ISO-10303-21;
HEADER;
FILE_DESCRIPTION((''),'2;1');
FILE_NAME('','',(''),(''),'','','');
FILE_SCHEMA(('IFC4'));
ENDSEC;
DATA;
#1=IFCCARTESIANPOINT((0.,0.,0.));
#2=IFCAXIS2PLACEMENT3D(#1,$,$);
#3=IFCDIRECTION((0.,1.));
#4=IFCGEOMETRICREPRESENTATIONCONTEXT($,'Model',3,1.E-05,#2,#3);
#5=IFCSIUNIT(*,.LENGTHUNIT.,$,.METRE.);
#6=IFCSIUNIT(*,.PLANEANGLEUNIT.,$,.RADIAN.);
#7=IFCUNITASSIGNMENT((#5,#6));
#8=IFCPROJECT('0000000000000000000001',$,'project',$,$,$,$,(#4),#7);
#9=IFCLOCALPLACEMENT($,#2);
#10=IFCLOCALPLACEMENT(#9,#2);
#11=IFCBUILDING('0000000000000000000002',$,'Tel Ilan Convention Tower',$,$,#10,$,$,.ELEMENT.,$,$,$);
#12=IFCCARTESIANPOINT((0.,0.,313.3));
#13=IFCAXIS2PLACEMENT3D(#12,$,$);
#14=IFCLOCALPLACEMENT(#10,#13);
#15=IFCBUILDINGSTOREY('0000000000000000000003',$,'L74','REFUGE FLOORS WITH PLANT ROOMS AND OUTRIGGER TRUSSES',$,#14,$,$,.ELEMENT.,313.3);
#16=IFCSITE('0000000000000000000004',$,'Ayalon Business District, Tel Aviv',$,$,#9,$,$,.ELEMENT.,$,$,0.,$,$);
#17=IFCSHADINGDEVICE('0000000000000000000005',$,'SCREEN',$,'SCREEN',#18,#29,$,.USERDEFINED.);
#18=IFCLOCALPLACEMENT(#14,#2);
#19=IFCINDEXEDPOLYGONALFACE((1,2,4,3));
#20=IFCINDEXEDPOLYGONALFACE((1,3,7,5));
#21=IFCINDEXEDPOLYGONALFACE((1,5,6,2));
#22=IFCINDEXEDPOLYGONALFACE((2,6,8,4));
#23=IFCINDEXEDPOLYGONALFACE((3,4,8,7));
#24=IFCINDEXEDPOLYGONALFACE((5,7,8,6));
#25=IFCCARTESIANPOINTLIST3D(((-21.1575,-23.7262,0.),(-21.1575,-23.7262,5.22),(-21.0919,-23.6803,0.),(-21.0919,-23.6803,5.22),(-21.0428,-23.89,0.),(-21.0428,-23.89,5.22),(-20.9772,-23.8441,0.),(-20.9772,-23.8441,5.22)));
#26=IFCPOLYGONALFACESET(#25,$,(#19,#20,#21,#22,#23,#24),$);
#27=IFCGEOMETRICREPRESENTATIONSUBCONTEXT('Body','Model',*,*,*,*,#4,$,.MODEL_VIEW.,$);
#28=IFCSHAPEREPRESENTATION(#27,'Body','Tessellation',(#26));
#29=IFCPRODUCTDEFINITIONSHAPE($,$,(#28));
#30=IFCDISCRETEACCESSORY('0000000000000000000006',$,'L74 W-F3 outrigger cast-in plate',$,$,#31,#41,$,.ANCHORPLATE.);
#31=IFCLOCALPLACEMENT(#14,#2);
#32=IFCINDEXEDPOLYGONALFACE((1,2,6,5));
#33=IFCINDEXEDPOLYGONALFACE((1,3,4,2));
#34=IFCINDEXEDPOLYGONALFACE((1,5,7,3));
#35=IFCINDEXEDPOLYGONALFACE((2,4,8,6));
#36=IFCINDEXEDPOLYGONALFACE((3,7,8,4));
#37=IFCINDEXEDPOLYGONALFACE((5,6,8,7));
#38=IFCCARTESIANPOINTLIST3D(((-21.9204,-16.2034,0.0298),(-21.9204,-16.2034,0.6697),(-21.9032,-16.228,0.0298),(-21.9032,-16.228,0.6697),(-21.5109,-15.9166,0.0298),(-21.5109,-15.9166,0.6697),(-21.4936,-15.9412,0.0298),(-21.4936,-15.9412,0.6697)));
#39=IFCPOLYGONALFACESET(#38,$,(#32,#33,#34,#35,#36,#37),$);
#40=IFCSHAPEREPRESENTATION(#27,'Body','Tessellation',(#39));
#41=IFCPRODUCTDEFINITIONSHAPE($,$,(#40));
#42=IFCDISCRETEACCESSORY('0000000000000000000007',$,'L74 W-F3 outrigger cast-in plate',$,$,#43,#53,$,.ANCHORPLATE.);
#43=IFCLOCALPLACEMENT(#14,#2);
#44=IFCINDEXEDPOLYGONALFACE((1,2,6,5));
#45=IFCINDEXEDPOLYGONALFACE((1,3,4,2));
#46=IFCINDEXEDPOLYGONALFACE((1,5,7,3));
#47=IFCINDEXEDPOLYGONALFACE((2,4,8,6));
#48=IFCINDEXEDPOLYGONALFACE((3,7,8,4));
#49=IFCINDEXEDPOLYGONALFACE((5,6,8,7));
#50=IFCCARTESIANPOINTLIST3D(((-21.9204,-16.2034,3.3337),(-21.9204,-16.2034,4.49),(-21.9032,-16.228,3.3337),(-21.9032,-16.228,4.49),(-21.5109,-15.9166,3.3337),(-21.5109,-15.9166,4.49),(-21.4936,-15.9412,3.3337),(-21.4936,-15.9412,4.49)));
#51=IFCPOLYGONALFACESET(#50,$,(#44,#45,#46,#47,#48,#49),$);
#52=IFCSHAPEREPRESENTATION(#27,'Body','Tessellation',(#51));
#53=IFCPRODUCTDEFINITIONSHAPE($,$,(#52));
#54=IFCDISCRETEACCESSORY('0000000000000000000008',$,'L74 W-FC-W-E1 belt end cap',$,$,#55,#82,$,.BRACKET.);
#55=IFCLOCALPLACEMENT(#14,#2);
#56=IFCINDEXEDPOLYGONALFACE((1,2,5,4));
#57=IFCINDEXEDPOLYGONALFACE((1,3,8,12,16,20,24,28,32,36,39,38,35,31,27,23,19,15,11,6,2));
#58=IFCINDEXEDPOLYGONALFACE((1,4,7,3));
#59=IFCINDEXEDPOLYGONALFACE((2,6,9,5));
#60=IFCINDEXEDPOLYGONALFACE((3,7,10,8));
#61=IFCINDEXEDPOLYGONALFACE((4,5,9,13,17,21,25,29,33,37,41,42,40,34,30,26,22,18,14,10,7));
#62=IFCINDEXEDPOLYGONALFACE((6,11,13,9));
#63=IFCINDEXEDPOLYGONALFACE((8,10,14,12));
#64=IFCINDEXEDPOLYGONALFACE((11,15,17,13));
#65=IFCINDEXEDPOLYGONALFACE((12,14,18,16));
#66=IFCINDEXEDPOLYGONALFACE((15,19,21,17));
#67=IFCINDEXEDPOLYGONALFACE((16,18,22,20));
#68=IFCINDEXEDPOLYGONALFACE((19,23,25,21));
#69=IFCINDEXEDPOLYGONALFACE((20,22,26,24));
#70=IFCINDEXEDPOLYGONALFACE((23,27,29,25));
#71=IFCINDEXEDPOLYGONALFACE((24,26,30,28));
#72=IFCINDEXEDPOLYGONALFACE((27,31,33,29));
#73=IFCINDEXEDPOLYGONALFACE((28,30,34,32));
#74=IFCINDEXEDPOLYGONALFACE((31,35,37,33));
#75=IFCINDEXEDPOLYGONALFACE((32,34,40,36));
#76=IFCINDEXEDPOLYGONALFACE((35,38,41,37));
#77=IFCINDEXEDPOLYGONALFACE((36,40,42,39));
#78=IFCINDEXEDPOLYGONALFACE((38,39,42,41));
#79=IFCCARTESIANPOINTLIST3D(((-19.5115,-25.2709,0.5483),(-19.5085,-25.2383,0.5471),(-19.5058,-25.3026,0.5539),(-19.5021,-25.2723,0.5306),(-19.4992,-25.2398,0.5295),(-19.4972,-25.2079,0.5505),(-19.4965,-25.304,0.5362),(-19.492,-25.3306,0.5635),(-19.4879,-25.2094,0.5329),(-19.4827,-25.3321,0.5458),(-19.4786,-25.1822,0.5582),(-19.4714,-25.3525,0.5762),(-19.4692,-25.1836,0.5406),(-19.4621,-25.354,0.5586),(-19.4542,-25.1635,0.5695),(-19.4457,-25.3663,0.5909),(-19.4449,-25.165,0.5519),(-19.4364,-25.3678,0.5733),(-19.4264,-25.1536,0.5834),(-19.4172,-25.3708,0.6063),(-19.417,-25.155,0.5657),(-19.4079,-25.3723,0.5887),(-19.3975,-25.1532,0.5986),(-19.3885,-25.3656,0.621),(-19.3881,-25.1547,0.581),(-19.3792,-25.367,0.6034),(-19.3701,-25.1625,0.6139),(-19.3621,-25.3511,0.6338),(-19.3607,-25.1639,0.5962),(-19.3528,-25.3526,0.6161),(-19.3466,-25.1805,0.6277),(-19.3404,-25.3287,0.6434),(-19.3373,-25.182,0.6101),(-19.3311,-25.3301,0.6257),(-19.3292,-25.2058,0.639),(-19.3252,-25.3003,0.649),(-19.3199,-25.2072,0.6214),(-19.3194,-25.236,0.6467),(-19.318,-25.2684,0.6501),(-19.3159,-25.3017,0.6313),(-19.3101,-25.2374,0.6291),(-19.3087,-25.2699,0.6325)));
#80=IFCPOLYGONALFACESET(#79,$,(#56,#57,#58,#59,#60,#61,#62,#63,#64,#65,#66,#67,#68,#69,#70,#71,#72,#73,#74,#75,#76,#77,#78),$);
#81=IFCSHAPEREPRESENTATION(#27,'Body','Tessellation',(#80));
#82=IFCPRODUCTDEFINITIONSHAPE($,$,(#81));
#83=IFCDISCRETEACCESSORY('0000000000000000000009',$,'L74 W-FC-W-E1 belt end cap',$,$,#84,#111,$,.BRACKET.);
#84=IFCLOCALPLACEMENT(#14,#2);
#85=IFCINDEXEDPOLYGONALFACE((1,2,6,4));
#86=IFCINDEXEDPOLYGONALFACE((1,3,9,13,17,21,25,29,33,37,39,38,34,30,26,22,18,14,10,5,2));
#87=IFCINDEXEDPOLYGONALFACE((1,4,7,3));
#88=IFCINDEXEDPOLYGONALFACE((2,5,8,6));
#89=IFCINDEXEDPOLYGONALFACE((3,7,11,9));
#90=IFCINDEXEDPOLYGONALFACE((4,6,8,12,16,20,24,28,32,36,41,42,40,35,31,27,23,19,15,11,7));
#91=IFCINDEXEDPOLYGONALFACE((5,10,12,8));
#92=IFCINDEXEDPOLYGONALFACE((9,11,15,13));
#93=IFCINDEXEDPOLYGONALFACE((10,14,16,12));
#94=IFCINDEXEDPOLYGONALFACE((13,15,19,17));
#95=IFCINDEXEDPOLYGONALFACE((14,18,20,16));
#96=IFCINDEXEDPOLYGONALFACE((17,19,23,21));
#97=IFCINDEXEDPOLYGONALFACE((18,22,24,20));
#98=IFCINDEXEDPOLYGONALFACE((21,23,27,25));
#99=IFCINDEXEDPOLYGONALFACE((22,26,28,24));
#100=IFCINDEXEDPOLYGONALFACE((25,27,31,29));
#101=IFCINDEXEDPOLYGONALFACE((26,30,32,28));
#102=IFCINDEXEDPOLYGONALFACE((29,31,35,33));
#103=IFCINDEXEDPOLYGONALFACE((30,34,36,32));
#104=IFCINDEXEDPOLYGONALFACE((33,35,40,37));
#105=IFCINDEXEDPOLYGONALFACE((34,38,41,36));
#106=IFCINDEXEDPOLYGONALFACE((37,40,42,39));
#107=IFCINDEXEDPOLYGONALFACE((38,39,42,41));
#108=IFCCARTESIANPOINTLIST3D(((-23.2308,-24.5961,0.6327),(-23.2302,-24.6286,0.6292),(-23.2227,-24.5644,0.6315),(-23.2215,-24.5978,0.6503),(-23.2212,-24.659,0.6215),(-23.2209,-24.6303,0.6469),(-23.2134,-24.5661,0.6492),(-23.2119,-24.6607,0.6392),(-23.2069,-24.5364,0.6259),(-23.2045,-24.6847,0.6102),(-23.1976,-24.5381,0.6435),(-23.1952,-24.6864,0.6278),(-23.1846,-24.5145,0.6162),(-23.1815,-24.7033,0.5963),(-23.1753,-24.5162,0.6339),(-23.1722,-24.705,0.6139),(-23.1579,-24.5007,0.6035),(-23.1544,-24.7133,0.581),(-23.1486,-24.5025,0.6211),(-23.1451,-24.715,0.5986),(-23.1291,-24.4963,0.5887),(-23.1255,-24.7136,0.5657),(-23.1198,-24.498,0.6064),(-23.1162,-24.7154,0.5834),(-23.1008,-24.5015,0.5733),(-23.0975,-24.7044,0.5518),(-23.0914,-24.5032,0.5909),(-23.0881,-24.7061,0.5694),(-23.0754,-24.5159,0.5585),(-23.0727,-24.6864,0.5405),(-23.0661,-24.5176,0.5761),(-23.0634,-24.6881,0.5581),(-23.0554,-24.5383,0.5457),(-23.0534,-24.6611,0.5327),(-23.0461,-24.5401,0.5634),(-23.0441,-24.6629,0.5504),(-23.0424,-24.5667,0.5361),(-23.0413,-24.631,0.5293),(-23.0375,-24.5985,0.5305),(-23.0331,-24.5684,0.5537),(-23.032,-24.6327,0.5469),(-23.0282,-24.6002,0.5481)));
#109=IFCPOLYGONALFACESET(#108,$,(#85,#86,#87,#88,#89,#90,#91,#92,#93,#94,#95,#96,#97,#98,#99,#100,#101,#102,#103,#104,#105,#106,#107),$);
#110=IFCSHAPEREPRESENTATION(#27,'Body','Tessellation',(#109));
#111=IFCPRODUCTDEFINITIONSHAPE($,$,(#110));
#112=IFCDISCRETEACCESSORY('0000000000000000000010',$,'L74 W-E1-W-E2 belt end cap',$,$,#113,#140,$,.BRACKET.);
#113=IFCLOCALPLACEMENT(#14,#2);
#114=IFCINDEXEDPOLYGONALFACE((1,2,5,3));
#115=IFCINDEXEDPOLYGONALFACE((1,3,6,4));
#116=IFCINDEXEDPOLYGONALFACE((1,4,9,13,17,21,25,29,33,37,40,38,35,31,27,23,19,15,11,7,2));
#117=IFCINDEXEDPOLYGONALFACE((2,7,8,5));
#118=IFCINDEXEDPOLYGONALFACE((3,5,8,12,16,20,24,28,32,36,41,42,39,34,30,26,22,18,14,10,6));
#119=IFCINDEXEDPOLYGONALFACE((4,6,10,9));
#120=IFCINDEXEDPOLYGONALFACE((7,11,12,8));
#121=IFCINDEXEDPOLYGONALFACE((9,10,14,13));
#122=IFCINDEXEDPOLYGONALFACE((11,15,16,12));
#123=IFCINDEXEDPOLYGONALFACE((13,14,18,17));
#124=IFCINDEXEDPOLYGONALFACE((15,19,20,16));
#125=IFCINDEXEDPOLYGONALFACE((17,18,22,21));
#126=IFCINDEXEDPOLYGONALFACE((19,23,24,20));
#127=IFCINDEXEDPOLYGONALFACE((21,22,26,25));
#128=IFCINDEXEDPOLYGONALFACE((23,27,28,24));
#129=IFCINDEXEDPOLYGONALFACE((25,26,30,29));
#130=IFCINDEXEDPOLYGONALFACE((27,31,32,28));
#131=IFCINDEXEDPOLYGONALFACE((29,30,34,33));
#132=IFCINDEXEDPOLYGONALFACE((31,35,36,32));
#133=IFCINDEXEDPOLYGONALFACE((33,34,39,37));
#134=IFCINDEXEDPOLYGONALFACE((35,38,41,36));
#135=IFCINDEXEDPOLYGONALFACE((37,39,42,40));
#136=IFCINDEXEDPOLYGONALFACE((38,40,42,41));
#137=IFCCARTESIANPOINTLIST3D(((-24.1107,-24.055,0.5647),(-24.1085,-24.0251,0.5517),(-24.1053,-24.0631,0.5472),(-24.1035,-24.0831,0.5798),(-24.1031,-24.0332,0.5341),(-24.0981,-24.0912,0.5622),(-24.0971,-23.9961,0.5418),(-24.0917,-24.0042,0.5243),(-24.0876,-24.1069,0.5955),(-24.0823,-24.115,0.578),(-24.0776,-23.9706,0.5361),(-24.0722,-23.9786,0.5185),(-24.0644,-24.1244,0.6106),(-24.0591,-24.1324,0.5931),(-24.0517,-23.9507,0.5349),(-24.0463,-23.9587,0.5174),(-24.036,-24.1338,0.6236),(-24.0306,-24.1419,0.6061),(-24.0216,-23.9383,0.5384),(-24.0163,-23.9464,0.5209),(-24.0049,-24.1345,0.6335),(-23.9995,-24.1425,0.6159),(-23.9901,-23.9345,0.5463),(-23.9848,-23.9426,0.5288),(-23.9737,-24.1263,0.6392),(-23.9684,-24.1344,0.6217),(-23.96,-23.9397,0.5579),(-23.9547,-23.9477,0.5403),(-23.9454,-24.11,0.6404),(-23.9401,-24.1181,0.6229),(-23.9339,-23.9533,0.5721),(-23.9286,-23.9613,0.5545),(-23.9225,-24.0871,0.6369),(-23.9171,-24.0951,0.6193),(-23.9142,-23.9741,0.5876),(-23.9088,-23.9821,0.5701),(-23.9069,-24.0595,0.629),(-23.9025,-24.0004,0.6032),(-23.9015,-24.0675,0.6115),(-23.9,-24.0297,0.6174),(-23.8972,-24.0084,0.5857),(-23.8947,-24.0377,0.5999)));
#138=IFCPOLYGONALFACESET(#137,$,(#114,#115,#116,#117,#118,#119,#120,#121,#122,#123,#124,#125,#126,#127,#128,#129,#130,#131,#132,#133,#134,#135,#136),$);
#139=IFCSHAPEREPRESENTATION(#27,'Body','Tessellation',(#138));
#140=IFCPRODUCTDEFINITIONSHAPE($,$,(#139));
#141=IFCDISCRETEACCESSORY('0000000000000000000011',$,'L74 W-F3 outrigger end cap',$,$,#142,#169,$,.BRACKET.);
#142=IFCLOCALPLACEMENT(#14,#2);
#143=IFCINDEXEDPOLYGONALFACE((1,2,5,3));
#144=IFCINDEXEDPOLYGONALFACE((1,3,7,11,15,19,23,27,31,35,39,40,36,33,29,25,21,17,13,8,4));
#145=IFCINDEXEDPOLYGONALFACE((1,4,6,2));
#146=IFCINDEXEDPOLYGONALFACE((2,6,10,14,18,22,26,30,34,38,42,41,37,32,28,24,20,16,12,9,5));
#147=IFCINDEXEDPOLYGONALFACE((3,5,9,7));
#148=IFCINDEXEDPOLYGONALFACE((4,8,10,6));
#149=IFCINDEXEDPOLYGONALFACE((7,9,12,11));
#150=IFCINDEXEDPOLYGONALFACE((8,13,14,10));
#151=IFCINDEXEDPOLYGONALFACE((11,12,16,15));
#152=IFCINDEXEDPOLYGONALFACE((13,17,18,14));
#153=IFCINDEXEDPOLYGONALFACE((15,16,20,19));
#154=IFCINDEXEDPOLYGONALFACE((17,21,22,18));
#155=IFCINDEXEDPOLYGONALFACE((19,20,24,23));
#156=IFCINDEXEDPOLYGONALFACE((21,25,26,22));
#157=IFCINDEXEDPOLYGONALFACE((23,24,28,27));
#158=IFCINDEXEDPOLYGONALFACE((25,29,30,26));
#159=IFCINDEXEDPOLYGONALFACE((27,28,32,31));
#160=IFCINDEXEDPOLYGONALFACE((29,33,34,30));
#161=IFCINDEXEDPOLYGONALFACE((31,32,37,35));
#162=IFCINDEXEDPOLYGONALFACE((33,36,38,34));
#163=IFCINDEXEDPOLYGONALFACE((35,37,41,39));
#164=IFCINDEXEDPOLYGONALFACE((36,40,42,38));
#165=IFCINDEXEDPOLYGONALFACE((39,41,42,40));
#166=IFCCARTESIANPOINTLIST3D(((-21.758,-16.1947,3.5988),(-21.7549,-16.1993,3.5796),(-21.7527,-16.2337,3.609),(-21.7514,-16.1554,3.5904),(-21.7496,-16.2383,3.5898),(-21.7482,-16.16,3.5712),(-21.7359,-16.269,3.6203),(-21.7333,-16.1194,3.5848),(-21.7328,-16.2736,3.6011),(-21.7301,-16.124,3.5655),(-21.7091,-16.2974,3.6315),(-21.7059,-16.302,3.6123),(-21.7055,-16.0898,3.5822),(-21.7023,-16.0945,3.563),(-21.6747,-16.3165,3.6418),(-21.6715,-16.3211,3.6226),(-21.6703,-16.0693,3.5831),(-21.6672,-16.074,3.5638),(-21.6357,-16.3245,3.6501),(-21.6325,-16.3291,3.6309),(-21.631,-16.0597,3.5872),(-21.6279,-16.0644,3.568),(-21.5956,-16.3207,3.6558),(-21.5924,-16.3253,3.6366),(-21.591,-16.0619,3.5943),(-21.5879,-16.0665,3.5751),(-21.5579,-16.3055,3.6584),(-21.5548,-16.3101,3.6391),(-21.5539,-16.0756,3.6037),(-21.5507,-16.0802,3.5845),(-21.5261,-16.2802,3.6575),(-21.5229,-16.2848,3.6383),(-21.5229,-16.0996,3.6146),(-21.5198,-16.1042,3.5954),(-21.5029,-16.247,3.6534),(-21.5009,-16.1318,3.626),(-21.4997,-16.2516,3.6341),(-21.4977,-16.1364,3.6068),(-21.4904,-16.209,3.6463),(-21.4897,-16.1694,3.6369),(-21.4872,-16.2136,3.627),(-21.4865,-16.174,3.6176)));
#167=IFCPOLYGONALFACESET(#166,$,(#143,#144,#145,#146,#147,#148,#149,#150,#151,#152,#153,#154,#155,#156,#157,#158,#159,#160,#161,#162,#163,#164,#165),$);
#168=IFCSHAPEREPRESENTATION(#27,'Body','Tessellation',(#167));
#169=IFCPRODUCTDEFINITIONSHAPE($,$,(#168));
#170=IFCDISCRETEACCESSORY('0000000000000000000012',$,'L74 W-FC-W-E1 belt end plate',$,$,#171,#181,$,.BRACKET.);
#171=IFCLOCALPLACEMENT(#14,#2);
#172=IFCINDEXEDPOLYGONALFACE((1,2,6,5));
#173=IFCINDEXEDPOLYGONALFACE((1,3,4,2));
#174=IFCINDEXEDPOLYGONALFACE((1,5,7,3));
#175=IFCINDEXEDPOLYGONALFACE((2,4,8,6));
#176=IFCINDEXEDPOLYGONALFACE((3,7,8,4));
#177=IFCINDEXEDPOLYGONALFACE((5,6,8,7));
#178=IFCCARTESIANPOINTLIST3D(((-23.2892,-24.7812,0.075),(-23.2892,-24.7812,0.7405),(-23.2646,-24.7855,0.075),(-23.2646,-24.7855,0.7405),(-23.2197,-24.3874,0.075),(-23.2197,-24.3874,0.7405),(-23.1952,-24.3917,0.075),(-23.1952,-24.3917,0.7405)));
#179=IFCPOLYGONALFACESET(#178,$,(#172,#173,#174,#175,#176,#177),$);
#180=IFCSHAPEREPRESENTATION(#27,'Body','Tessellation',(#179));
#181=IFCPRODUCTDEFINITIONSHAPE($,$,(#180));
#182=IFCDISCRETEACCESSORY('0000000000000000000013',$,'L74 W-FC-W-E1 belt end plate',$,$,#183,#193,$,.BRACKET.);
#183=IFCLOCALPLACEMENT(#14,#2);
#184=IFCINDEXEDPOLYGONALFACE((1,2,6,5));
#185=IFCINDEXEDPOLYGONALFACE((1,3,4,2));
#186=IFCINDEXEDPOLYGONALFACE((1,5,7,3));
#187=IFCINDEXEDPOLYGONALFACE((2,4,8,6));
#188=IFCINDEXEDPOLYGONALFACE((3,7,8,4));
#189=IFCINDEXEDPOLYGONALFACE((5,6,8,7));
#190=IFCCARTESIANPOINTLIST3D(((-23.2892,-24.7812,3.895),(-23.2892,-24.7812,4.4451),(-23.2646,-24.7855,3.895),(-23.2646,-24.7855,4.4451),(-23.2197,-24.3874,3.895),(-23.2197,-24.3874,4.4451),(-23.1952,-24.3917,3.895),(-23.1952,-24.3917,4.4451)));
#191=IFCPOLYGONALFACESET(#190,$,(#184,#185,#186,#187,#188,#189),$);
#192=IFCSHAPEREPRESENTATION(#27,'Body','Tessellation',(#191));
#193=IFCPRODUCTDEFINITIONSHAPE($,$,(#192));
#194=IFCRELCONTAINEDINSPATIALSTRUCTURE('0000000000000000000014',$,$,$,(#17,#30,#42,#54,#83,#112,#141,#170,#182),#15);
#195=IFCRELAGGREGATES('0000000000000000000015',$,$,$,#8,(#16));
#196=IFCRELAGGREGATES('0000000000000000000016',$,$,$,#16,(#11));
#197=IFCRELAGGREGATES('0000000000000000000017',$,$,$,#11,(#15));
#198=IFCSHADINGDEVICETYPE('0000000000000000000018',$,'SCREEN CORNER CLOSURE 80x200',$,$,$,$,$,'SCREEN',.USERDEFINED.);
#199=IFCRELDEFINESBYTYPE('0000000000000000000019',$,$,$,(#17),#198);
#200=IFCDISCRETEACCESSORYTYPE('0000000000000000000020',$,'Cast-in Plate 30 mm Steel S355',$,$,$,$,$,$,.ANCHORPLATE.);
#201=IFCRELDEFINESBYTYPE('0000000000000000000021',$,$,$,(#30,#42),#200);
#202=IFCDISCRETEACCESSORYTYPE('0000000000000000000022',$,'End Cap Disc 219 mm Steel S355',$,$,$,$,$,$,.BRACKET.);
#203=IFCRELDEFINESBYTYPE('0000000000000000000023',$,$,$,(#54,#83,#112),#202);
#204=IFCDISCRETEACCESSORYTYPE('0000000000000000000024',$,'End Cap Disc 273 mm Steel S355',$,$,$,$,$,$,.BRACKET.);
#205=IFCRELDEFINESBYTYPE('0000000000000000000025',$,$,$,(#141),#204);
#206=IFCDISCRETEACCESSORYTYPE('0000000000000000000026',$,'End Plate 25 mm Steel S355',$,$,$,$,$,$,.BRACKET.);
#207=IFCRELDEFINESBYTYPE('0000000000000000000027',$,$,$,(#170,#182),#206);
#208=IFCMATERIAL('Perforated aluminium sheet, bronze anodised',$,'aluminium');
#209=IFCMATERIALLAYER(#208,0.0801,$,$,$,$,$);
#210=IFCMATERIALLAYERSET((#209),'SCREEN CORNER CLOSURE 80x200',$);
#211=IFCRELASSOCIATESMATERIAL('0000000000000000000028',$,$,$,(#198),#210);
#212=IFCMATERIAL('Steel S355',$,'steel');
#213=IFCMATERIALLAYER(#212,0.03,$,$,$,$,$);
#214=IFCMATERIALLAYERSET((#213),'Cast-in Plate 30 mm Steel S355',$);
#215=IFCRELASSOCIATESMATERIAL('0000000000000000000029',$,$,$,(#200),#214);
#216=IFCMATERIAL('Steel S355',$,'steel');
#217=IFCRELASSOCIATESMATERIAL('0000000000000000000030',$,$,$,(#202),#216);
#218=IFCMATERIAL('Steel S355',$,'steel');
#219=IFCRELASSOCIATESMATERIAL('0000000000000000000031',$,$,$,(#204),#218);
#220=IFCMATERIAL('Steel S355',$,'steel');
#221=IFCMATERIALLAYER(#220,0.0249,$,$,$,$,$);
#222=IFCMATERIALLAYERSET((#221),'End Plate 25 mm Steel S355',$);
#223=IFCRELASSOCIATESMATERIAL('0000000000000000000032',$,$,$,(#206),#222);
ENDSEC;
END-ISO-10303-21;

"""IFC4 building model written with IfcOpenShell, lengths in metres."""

from ifc_helpers import new_model, si_unit, direction, frame, origin, origin_2d, place, context, subcontext, project, spatial, rectangle, circle, extrude, material, layer, layer_set, material_profile, profile_set, type_object, element, save


model = new_model("IFC4")

# Units and contexts
model_context = context("Model", 3, precision=1e-05, world=origin(), true_north=direction((0.0, 1.0)))
body_context = subcontext(model_context, "Body", "Model", "MODEL_VIEW")
ifc_project = project(units=[si_unit("LENGTHUNIT", "METRE"), si_unit("PLANEANGLEUNIT", "RADIAN")], contexts=[model_context])

# Site, building, storey
site_placement = place(None, origin())
site = spatial("IfcSite", under=ifc_project, at=site_placement, Name="Ayalon Business District, Tel Aviv", CompositionType="ELEMENT", RefElevation=0.0)
building_placement = place(site_placement, origin())
building = spatial("IfcBuilding", under=site, at=building_placement, Name="Tel Ilan Convention Tower", CompositionType="ELEMENT")
storey_placement = place(building_placement, frame((0.0, 0.0, 313.3)))
storey = spatial("IfcBuildingStorey", under=building, at=storey_placement, Name="L74", Description="REFUGE FLOORS WITH PLANT ROOMS AND OUTRIGGER TRUSSES", CompositionType="ELEMENT", Elevation=313.3)

# Shading device
ifc_material_1 = material(Name="Perforated aluminium sheet, bronze anodised", Category="aluminium")
ifc_layer_1 = layer(ifc_material_1, 0.0801)
ifc_layer_set_1 = layer_set([ifc_layer_1], Name="SCREEN CORNER CLOSURE 80x200")
shading_device_type_1 = type_object("IfcShadingDeviceType", Name="SCREEN CORNER CLOSURE 80x200", ElementType="SCREEN", PredefinedType="USERDEFINED", material=ifc_layer_set_1)
for number, where, z_axis, x_axis, name in (
    (1, (-21.0674, -23.7852, 0.0), (0.0, 0.0, 1.0), (0.819152, 0.573576, 0.0), "SCREEN"),
):
    element("IfcShadingDevice", number, at=place(storey_placement, frame(where, z_axis=z_axis, x_axis=x_axis)), inside=storey, type_object=shading_device_type_1, Name=name, ObjectType="SCREEN", PredefinedType="USERDEFINED", context=body_context, shape_type="SweptSolid", body=[
        extrude(rectangle(XDim=0.0801, YDim=0.2, at=origin_2d()), origin(), (0.0, 0.0, 1.0), 5.22),
    ])

# Discrete accessories
ifc_material_2 = material(Name="Steel S355", Category="steel")
ifc_layer_2 = layer(ifc_material_2, 0.03)
ifc_layer_set_2 = layer_set([ifc_layer_2], Name="Cast-in Plate 30 mm Steel S355")
discrete_accessory_type_1 = type_object("IfcDiscreteAccessoryType", Name="Cast-in Plate 30 mm Steel S355", PredefinedType="ANCHORPLATE", material=ifc_layer_set_2)
discrete_accessory_1_placement = place(storey_placement, frame((-21.707, -16.0723, 0.0298), z_axis=(0.0, 0.0, 1.0), x_axis=(-0.573576, 0.819152, 0.0)))
element("IfcDiscreteAccessory", 2, at=discrete_accessory_1_placement, inside=storey, type_object=discrete_accessory_type_1, Name="L74 W-F3 outrigger cast-in plate", PredefinedType="ANCHORPLATE", context=body_context, shape_type="SweptSolid", body=[
    extrude(rectangle(XDim=0.03, YDim=0.5, at=origin_2d()), origin(), (0.0, 0.0, 1.0), 0.6399),
])
discrete_accessory_2_placement = place(storey_placement, frame((-21.707, -16.0723, 3.3337), z_axis=(0.0, 0.0, 1.0), x_axis=(-0.573576, 0.819152, 0.0)))
element("IfcDiscreteAccessory", 3, at=discrete_accessory_2_placement, inside=storey, type_object=discrete_accessory_type_1, Name="L74 W-F3 outrigger cast-in plate", PredefinedType="ANCHORPLATE", context=body_context, shape_type="SweptSolid", body=[
    extrude(rectangle(XDim=0.03, YDim=0.5, at=origin_2d()), origin(), (0.0, 0.0, 1.0), 1.1562),
])
ifc_material_3 = material(Name="Steel S355", Category="steel")
ifc_material_profile_1 = material_profile(ifc_material_3, circle(Radius=0.1096, at=origin_2d()), Name="End Cap Disc 219 mm Steel S355")
ifc_profile_set_1 = profile_set([ifc_material_profile_1], Name="Steel S355")
discrete_accessory_type_2 = type_object("IfcDiscreteAccessoryType", Name="End Cap Disc 219 mm Steel S355", PredefinedType="BRACKET", material=ifc_profile_set_1)
for number, where, z_axis, x_axis, name in (
    (4, (-19.4146, -25.2615, 0.5986), (0.465496, -0.073499, -0.881993), (0.155963, 0.987763, 0.0), "L74 W-FC-W-E1 belt end cap"),
    (5, (-23.1252, -24.6072, 0.5986), (-0.465043, 0.085666, -0.881134), (-0.181162, -0.983453, 0.0), "L74 W-FC-W-E1 belt end cap"),
    (6, (-24.0054, -24.0349, 0.5876), (0.267637, -0.401455, -0.875902), (0.83205, 0.5547, 0.0), "L74 W-E1-W-E2 belt end cap"),
):
    element("IfcDiscreteAccessory", number, at=place(storey_placement, frame(where, z_axis=z_axis, x_axis=x_axis)), inside=storey, type_object=discrete_accessory_type_2, Name=name, PredefinedType="BRACKET", context=body_context, shape_type="SweptSolid", body=[
        extrude(circle(Radius=0.1096, at=origin_2d()), origin(), (0.0, 0.0, 1.0), 0.02),
    ])
ifc_material_4 = material(Name="Steel S355", Category="steel")
ifc_material_profile_2 = material_profile(ifc_material_4, circle(Radius=0.1365, at=origin_2d()), Name="End Cap Disc 273 mm Steel S355")
ifc_profile_set_2 = profile_set([ifc_material_profile_2], Name="Steel S355")
discrete_accessory_type_3 = type_object("IfcDiscreteAccessoryType", Name="End Cap Disc 273 mm Steel S355", PredefinedType="BRACKET", material=ifc_profile_set_2)
discrete_accessory_3_placement = place(storey_placement, frame((-21.6201, -16.1965, 3.6011), z_axis=(-0.157985, 0.230902, 0.960065), x_axis=(-0.825307, -0.564684, 0.0)))
element("IfcDiscreteAccessory", 7, at=discrete_accessory_3_placement, inside=storey, type_object=discrete_accessory_type_3, Name="L74 W-F3 outrigger end cap", PredefinedType="BRACKET", context=body_context, shape_type="SweptSolid", body=[
    extrude(circle(Radius=0.1365, at=origin_2d()), origin(), (0.0, 0.0, 1.0), 0.02),
])
ifc_material_5 = material(Name="Steel S355", Category="steel")
ifc_layer_3 = layer(ifc_material_5, 0.0249)
ifc_layer_set_3 = layer_set([ifc_layer_3], Name="End Plate 25 mm Steel S355")
discrete_accessory_type_4 = type_object("IfcDiscreteAccessoryType", Name="End Plate 25 mm Steel S355", PredefinedType="BRACKET", material=ifc_layer_set_3)
discrete_accessory_4_placement = place(storey_placement, frame((-23.2422, -24.5864, 0.075), z_axis=(0.0, 0.0, 1.0), x_axis=(-0.984808, 0.173648, 0.0)))
element("IfcDiscreteAccessory", 8, at=discrete_accessory_4_placement, inside=storey, type_object=discrete_accessory_type_4, Name="L74 W-FC-W-E1 belt end plate", PredefinedType="BRACKET", context=body_context, shape_type="SweptSolid", body=[
    extrude(rectangle(XDim=0.0249, YDim=0.3999, at=origin_2d()), origin(), (0.0, 0.0, 1.0), 0.6655),
])
discrete_accessory_5_placement = place(storey_placement, frame((-23.2422, -24.5864, 3.895), z_axis=(0.0, 0.0, 1.0), x_axis=(-0.984808, 0.173648, 0.0)))
element("IfcDiscreteAccessory", 9, at=discrete_accessory_5_placement, inside=storey, type_object=discrete_accessory_type_4, Name="L74 W-FC-W-E1 belt end plate", PredefinedType="BRACKET", context=body_context, shape_type="SweptSolid", body=[
    extrude(rectangle(XDim=0.0249, YDim=0.3999, at=origin_2d()), origin(), (0.0, 0.0, 1.0), 0.55),
])

save(model, "model.ifc")
